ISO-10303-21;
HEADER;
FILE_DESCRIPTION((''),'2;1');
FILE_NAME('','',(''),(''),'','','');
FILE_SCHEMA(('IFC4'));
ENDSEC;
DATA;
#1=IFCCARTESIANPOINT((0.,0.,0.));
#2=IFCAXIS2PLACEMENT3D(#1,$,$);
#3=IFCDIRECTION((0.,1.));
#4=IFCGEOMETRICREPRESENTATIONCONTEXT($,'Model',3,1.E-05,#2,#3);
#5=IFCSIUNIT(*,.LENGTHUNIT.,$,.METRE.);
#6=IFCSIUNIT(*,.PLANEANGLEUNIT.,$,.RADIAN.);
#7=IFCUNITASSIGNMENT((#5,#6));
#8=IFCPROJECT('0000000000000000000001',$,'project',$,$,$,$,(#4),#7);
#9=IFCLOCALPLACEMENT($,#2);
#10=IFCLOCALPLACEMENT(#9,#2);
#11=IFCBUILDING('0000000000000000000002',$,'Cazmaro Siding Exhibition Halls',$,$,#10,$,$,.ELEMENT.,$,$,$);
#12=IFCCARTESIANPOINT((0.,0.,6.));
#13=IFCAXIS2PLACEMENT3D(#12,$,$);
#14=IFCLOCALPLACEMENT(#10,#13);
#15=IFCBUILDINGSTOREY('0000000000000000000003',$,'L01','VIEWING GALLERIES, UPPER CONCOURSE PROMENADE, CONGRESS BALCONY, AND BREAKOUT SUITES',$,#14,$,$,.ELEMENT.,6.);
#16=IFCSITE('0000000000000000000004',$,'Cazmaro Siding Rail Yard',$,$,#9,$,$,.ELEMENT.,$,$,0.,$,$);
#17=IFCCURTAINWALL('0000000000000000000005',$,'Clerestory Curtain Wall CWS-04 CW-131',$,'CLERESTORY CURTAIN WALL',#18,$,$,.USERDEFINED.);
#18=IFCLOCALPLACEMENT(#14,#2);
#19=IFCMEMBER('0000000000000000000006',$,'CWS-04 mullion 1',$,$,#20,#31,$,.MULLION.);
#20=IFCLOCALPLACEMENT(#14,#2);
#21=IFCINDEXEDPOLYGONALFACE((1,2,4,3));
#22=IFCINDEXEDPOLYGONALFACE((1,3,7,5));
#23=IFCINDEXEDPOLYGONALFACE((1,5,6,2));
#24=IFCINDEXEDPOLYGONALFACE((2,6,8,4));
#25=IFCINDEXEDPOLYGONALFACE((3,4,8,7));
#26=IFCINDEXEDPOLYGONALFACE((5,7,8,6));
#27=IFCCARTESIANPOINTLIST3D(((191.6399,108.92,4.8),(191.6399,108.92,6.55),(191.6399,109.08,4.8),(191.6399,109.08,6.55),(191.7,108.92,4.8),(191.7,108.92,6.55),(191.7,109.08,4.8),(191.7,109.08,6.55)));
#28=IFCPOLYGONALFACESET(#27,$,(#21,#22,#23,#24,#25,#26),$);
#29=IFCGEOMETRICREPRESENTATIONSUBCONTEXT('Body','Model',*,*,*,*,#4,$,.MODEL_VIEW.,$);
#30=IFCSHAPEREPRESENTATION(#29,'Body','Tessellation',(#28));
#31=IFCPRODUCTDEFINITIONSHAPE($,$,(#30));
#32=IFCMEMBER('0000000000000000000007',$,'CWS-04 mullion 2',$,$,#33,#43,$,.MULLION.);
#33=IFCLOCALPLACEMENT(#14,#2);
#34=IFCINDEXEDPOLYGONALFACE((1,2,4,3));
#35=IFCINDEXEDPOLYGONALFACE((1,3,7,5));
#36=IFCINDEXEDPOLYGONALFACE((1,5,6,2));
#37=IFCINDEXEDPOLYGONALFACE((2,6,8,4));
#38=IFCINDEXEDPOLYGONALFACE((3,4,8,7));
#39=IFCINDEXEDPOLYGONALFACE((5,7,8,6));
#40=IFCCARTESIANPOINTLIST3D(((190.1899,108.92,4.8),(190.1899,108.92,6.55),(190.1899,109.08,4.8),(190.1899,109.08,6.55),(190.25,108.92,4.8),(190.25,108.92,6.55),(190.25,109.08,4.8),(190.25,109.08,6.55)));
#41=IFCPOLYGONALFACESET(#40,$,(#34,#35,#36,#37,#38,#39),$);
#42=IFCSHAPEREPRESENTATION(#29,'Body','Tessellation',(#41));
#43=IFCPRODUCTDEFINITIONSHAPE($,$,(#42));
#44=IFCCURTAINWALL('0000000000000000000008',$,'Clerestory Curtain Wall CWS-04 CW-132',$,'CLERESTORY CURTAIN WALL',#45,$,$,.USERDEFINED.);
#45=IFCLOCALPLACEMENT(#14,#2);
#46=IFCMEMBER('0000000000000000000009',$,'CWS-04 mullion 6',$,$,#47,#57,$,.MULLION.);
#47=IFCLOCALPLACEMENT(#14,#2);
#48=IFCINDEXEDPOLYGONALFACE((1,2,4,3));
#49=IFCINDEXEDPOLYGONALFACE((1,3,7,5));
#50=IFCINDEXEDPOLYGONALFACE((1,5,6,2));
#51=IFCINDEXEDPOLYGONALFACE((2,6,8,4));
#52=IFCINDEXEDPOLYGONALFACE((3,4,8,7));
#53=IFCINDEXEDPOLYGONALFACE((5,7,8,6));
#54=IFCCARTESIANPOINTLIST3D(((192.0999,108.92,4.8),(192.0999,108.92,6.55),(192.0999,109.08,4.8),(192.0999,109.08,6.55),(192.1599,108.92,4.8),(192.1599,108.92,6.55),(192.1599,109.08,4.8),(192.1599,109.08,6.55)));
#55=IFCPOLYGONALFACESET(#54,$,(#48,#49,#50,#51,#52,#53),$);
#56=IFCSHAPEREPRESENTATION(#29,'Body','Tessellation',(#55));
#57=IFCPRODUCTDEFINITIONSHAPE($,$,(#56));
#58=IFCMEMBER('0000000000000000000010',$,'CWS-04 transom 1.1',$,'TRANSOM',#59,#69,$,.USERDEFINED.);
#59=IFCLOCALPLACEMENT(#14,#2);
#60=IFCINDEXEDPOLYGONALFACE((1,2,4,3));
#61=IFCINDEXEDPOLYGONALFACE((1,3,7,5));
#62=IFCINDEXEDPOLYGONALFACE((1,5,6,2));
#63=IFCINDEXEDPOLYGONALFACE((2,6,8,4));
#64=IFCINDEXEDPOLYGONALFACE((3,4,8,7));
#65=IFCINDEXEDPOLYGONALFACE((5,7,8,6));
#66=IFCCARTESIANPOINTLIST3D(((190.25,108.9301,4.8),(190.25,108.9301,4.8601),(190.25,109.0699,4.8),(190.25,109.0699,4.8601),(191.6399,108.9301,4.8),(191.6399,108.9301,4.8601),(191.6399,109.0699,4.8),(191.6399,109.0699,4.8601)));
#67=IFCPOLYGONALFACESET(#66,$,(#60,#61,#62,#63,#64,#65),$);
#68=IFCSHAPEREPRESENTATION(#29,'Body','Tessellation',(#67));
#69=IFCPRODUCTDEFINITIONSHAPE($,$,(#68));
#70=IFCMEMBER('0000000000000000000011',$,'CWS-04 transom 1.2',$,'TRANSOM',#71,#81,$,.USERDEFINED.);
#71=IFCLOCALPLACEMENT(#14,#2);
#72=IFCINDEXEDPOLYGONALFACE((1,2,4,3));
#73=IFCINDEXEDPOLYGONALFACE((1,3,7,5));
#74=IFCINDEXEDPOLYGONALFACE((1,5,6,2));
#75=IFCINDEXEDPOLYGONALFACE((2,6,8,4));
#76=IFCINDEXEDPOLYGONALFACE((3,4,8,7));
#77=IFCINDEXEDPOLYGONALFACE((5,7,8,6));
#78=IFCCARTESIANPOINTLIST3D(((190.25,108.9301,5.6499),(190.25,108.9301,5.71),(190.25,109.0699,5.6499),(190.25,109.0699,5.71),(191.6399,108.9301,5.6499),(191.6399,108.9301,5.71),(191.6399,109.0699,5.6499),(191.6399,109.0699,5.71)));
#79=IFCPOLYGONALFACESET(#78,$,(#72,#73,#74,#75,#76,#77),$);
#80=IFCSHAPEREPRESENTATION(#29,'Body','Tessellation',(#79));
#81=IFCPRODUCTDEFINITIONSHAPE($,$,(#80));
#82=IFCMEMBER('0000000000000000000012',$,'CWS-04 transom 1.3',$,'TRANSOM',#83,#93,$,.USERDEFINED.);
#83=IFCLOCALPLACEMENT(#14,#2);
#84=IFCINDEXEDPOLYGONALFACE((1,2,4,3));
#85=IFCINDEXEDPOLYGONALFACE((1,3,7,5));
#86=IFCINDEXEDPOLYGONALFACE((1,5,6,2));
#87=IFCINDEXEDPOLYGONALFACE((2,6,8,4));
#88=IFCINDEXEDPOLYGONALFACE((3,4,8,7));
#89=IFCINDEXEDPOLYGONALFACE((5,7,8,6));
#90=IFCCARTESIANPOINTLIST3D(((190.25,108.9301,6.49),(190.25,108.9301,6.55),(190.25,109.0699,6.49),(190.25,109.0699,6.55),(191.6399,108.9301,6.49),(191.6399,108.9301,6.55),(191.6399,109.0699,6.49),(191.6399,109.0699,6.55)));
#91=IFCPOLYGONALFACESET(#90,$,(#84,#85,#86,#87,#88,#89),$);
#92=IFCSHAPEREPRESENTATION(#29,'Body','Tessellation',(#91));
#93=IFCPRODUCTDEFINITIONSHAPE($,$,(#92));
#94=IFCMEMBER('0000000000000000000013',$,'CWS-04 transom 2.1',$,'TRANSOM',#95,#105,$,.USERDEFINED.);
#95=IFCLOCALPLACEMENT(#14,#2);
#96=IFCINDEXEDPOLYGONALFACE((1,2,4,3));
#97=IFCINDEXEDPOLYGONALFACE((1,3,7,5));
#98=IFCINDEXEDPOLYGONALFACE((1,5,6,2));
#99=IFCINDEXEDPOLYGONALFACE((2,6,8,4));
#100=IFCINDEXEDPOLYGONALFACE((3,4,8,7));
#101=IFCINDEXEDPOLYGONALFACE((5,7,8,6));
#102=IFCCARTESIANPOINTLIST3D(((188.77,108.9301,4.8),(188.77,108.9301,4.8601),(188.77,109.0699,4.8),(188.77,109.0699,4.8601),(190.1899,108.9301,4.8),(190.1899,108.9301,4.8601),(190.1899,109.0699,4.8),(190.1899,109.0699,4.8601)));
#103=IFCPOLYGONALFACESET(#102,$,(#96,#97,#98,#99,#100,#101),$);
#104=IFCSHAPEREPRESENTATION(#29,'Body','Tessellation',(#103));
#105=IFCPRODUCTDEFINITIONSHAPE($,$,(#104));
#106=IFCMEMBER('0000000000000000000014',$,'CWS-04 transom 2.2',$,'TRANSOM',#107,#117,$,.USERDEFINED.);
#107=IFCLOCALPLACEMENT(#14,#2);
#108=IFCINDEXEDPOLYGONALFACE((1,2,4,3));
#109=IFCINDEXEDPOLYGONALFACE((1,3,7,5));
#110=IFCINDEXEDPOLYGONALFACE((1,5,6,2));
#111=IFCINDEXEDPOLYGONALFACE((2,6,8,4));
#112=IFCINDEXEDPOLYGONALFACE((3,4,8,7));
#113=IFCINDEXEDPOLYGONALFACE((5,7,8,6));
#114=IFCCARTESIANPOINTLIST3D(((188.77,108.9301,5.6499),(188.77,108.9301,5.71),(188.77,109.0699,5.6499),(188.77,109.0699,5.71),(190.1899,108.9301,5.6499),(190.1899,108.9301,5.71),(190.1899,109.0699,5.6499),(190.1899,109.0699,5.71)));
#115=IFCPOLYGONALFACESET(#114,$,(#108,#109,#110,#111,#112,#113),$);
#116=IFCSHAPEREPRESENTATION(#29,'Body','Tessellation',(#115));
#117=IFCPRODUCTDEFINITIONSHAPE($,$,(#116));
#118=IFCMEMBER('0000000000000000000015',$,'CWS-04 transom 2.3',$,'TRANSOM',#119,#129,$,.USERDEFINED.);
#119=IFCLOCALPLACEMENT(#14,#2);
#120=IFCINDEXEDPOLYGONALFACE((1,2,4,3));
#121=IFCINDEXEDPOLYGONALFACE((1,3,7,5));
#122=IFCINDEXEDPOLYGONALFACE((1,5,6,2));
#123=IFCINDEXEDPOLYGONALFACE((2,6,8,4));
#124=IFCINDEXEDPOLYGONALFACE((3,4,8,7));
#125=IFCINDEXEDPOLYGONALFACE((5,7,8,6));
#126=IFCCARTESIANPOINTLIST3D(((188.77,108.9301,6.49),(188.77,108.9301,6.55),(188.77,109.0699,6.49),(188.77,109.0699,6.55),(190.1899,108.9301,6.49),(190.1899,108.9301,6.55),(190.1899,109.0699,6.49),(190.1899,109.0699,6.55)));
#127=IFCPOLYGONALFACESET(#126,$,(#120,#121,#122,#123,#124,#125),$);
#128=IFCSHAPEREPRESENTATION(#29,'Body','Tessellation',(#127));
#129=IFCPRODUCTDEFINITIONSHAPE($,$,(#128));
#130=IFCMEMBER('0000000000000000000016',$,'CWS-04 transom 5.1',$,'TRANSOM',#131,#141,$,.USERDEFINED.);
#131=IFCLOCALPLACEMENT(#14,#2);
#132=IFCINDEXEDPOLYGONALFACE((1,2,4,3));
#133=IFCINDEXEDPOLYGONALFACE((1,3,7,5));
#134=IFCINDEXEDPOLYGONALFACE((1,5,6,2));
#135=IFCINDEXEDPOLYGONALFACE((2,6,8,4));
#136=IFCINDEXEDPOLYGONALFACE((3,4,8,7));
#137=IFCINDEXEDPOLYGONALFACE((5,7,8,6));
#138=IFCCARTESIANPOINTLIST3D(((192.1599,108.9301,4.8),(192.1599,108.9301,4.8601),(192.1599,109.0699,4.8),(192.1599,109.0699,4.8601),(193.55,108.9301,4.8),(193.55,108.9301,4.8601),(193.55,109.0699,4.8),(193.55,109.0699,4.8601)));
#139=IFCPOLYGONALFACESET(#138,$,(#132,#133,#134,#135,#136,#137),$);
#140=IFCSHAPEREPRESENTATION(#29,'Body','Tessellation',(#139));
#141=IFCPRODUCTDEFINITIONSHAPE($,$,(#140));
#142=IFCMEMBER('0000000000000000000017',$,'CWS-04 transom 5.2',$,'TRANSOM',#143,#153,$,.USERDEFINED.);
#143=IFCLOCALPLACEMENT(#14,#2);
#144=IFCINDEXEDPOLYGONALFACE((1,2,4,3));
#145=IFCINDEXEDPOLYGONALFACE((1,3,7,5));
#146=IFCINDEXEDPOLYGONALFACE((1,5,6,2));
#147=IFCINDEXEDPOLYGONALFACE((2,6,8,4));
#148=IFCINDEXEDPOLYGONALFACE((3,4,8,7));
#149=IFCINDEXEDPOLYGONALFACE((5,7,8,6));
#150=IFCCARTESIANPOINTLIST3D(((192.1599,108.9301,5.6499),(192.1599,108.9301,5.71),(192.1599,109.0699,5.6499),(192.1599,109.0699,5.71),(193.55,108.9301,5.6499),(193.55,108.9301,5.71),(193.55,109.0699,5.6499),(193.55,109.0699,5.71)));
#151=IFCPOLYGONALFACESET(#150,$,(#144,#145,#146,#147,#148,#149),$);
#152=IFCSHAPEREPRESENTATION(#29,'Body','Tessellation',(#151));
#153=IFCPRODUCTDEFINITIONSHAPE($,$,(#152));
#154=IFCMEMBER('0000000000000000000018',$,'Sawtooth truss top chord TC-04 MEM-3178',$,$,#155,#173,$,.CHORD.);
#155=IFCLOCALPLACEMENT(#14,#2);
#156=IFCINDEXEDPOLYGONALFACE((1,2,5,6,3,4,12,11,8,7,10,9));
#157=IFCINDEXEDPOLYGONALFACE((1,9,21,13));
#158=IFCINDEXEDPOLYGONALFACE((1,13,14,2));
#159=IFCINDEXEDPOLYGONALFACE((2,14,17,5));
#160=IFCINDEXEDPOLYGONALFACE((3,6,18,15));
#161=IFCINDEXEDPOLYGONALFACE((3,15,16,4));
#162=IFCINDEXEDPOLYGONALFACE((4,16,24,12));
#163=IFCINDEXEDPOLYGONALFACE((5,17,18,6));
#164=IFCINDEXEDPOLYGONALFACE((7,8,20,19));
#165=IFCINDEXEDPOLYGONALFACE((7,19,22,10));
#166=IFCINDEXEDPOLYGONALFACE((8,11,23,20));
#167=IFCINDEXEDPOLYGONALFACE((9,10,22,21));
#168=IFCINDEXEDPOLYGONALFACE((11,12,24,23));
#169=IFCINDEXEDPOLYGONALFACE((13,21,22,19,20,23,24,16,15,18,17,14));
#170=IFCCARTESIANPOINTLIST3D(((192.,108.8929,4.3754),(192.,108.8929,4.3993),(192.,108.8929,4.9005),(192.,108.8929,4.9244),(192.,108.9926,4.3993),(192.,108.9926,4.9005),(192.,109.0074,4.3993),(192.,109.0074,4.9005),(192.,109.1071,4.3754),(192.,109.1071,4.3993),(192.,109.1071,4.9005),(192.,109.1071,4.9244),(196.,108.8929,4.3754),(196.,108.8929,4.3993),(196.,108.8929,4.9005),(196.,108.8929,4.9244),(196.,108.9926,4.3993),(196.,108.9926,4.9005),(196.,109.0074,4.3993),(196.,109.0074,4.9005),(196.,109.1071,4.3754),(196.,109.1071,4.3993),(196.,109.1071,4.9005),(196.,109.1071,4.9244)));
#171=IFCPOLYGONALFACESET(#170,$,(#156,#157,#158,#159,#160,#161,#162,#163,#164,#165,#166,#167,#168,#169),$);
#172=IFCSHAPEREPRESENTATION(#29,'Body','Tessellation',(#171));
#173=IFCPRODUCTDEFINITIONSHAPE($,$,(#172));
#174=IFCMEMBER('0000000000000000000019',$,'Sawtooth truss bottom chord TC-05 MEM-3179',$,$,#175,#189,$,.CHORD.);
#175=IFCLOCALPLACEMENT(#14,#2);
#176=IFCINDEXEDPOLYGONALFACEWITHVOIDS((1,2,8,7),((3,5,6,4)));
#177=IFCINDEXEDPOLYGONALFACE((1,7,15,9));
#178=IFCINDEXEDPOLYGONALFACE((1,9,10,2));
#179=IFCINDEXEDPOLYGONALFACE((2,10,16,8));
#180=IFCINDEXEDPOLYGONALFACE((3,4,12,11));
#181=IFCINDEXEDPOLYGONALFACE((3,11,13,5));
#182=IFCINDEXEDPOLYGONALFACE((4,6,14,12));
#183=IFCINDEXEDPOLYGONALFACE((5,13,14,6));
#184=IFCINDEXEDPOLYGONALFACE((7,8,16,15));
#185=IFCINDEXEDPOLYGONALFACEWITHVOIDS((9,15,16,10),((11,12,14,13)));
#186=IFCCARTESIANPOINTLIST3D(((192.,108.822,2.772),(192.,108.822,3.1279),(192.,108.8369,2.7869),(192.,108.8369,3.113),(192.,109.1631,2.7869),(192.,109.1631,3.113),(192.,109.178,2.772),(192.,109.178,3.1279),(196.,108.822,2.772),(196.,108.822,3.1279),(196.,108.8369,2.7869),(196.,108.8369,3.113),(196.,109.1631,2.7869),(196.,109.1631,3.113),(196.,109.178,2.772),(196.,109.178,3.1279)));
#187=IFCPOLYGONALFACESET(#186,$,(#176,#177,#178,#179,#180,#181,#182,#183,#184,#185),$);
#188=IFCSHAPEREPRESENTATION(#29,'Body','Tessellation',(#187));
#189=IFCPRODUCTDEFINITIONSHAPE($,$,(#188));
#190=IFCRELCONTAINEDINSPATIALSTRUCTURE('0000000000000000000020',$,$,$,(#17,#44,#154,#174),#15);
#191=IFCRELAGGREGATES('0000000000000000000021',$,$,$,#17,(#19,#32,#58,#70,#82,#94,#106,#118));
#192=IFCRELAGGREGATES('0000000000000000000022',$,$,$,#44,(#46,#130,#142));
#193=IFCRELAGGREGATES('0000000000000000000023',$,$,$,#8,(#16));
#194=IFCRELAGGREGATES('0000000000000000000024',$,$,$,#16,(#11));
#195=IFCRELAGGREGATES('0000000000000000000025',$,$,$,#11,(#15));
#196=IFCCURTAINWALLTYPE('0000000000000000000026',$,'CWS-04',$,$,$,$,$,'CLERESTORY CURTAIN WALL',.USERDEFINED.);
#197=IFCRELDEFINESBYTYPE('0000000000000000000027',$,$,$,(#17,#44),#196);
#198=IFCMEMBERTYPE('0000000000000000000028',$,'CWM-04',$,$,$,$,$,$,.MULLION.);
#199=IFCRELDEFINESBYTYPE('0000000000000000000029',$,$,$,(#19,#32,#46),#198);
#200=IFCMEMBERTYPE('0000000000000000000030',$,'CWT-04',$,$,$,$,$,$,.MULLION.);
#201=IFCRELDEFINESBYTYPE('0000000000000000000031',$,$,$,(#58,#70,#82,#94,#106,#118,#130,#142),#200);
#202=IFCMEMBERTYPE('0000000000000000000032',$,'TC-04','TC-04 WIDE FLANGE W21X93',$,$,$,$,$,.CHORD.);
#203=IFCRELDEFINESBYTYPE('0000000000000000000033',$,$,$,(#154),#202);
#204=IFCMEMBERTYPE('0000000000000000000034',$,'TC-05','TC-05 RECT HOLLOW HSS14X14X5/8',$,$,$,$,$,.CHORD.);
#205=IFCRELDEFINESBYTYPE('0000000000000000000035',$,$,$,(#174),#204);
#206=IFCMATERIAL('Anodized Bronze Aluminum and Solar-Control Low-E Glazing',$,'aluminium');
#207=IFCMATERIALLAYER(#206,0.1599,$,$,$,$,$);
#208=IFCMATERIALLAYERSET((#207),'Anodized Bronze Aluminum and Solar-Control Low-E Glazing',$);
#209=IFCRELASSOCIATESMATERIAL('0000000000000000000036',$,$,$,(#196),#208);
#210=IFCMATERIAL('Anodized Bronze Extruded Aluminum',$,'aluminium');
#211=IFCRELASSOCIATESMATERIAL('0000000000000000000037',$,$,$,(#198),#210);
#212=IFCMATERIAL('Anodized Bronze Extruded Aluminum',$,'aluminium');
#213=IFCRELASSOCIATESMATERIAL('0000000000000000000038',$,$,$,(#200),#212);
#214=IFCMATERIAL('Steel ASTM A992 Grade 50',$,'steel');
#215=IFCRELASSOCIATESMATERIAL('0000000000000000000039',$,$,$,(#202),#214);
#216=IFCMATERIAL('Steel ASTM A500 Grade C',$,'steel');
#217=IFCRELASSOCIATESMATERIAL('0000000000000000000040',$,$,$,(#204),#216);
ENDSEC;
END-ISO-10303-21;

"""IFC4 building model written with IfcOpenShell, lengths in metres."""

from ifc_helpers import new_model, si_unit, direction, frame, origin, origin_2d, place, context, subcontext, project, spatial, rectangle, hollow_rectangle, i_section, extrude, material, layer, layer_set, material_profile, profile_set, type_object, element, aggregate, save


model = new_model("IFC4")

# Units and contexts
model_context = context("Model", 3, precision=1e-05, world=origin(), true_north=direction((0.0, 1.0)))
body_context = subcontext(model_context, "Body", "Model", "MODEL_VIEW")
ifc_project = project(units=[si_unit("LENGTHUNIT", "METRE"), si_unit("PLANEANGLEUNIT", "RADIAN")], contexts=[model_context])

# Site, building, storey
site_placement = place(None, origin())
site = spatial("IfcSite", under=ifc_project, at=site_placement, Name="Cazmaro Siding Rail Yard", CompositionType="ELEMENT", RefElevation=0.0)
building_placement = place(site_placement, origin())
building = spatial("IfcBuilding", under=site, at=building_placement, Name="Cazmaro Siding Exhibition Halls", CompositionType="ELEMENT")
storey_placement = place(building_placement, frame((0.0, 0.0, 6.0)))
storey = spatial("IfcBuildingStorey", under=building, at=storey_placement, Name="L01", Description="VIEWING GALLERIES, UPPER CONCOURSE PROMENADE, CONGRESS BALCONY, AND BREAKOUT SUITES", CompositionType="ELEMENT", Elevation=6.0)

# Curtain wall, members
ifc_material_1 = material(Name="Anodized Bronze Aluminum and Solar-Control Low-E Glazing", Category="aluminium")
ifc_layer_1 = layer(ifc_material_1, 0.1599)
ifc_layer_set_1 = layer_set([ifc_layer_1], Name="Anodized Bronze Aluminum and Solar-Control Low-E Glazing")
curtain_wall_type = type_object("IfcCurtainWallType", Name="CWS-04", ElementType="CLERESTORY CURTAIN WALL", PredefinedType="USERDEFINED", material=ifc_layer_set_1)
curtain_wall_1_placement = place(storey_placement, origin())
curtain_wall_1 = element("IfcCurtainWall", 1, at=curtain_wall_1_placement, inside=storey, type_object=curtain_wall_type, Name="Clerestory Curtain Wall CWS-04 CW-131", ObjectType="CLERESTORY CURTAIN WALL", PredefinedType="USERDEFINED")
ifc_material_2 = material(Name="Anodized Bronze Extruded Aluminum", Category="aluminium")
ifc_material_profile_1 = material_profile(ifc_material_2, rectangle(XDim=0.1599, YDim=0.0601, at=origin_2d()), Name="CWM-04")
ifc_profile_set_1 = profile_set([ifc_material_profile_1], Name="Anodized Bronze Extruded Aluminum")
member_type_1 = type_object("IfcMemberType", Name="CWM-04", PredefinedType="MULLION", material=ifc_profile_set_1)
member_1_placement = place(storey_placement, frame((191.6699, 109.0, 4.8), z_axis=(0.0, 0.0, 1.0), x_axis=(0.0, -1.0, 0.0)))
member_1 = element("IfcMember", 2, at=member_1_placement, type_object=member_type_1, Name="CWS-04 mullion 1", PredefinedType="MULLION", context=body_context, shape_type="SweptSolid", body=[
    extrude(rectangle(XDim=0.1599, YDim=0.0601, at=origin_2d()), origin(), (0.0, 0.0, 1.0), 1.75),
])
member_2_placement = place(storey_placement, frame((190.22, 109.0, 4.8), z_axis=(0.0, 0.0, 1.0), x_axis=(0.0, -1.0, 0.0)))
member_2 = element("IfcMember", 3, at=member_2_placement, type_object=member_type_1, Name="CWS-04 mullion 2", PredefinedType="MULLION", context=body_context, shape_type="SweptSolid", body=[
    extrude(rectangle(XDim=0.1599, YDim=0.0601, at=origin_2d()), origin(), (0.0, 0.0, 1.0), 1.75),
])

# Curtain wall, member
curtain_wall_2_placement = place(storey_placement, origin())
curtain_wall_2 = element("IfcCurtainWall", 4, at=curtain_wall_2_placement, inside=storey, type_object=curtain_wall_type, Name="Clerestory Curtain Wall CWS-04 CW-132", ObjectType="CLERESTORY CURTAIN WALL", PredefinedType="USERDEFINED")
member_3_placement = place(storey_placement, frame((192.1299, 109.0, 4.8), z_axis=(0.0, 0.0, 1.0), x_axis=(0.0, -1.0, 0.0)))
member_3 = element("IfcMember", 5, at=member_3_placement, type_object=member_type_1, Name="CWS-04 mullion 6", PredefinedType="MULLION", context=body_context, shape_type="SweptSolid", body=[
    extrude(rectangle(XDim=0.1599, YDim=0.0601, at=origin_2d()), origin(), (0.0, 0.0, 1.0), 1.75),
])

# Members
ifc_material_3 = material(Name="Anodized Bronze Extruded Aluminum", Category="aluminium")
ifc_material_profile_2 = material_profile(ifc_material_3, rectangle(XDim=0.1399, YDim=0.0601, at=origin_2d()), Name="CWT-04")
ifc_profile_set_2 = profile_set([ifc_material_profile_2], Name="Anodized Bronze Extruded Aluminum")
member_type_2 = type_object("IfcMemberType", Name="CWT-04", PredefinedType="MULLION", material=ifc_profile_set_2)
member_4_placement = place(storey_placement, frame((191.6399, 109.0, 4.8301), z_axis=(-1.0, 0.0, 0.0), x_axis=(0.0, -1.0, 0.0)))
member_4 = element("IfcMember", 6, at=member_4_placement, type_object=member_type_2, Name="CWS-04 transom 1.1", ObjectType="TRANSOM", PredefinedType="USERDEFINED", context=body_context, shape_type="SweptSolid", body=[
    extrude(rectangle(XDim=0.1399, YDim=0.0601, at=origin_2d()), origin(), (0.0, 0.0, 1.0), 1.3899),
])
member_5_placement = place(storey_placement, frame((191.6399, 109.0, 5.6799), z_axis=(-1.0, 0.0, 0.0), x_axis=(0.0, -1.0, 0.0)))
member_5 = element("IfcMember", 7, at=member_5_placement, type_object=member_type_2, Name="CWS-04 transom 1.2", ObjectType="TRANSOM", PredefinedType="USERDEFINED", context=body_context, shape_type="SweptSolid", body=[
    extrude(rectangle(XDim=0.1399, YDim=0.0601, at=origin_2d()), origin(), (0.0, 0.0, 1.0), 1.3899),
])
member_6_placement = place(storey_placement, frame((191.6399, 109.0, 6.52), z_axis=(-1.0, 0.0, 0.0), x_axis=(0.0, -1.0, 0.0)))
member_6 = element("IfcMember", 8, at=member_6_placement, type_object=member_type_2, Name="CWS-04 transom 1.3", ObjectType="TRANSOM", PredefinedType="USERDEFINED", context=body_context, shape_type="SweptSolid", body=[
    extrude(rectangle(XDim=0.1399, YDim=0.0601, at=origin_2d()), origin(), (0.0, 0.0, 1.0), 1.3899),
])
member_7_placement = place(storey_placement, frame((190.1899, 109.0, 4.8301), z_axis=(-1.0, 0.0, 0.0), x_axis=(0.0, -1.0, 0.0)))
member_7 = element("IfcMember", 9, at=member_7_placement, type_object=member_type_2, Name="CWS-04 transom 2.1", ObjectType="TRANSOM", PredefinedType="USERDEFINED", context=body_context, shape_type="SweptSolid", body=[
    extrude(rectangle(XDim=0.1399, YDim=0.0601, at=origin_2d()), origin(), (0.0, 0.0, 1.0), 1.4199),
])
member_8_placement = place(storey_placement, frame((190.1899, 109.0, 5.6799), z_axis=(-1.0, 0.0, 0.0), x_axis=(0.0, -1.0, 0.0)))
member_8 = element("IfcMember", 10, at=member_8_placement, type_object=member_type_2, Name="CWS-04 transom 2.2", ObjectType="TRANSOM", PredefinedType="USERDEFINED", context=body_context, shape_type="SweptSolid", body=[
    extrude(rectangle(XDim=0.1399, YDim=0.0601, at=origin_2d()), origin(), (0.0, 0.0, 1.0), 1.4199),
])
member_9_placement = place(storey_placement, frame((190.1899, 109.0, 6.52), z_axis=(-1.0, 0.0, 0.0), x_axis=(0.0, -1.0, 0.0)))
member_9 = element("IfcMember", 11, at=member_9_placement, type_object=member_type_2, Name="CWS-04 transom 2.3", ObjectType="TRANSOM", PredefinedType="USERDEFINED", context=body_context, shape_type="SweptSolid", body=[
    extrude(rectangle(XDim=0.1399, YDim=0.0601, at=origin_2d()), origin(), (0.0, 0.0, 1.0), 1.4199),
])
member_10_placement = place(storey_placement, frame((193.55, 109.0, 4.8301), z_axis=(-1.0, 0.0, 0.0), x_axis=(0.0, -1.0, 0.0)))
member_10 = element("IfcMember", 12, at=member_10_placement, type_object=member_type_2, Name="CWS-04 transom 5.1", ObjectType="TRANSOM", PredefinedType="USERDEFINED", context=body_context, shape_type="SweptSolid", body=[
    extrude(rectangle(XDim=0.1399, YDim=0.0601, at=origin_2d()), origin(), (0.0, 0.0, 1.0), 1.3901),
])
member_11_placement = place(storey_placement, frame((193.55, 109.0, 5.6799), z_axis=(-1.0, 0.0, 0.0), x_axis=(0.0, -1.0, 0.0)))
member_11 = element("IfcMember", 13, at=member_11_placement, type_object=member_type_2, Name="CWS-04 transom 5.2", ObjectType="TRANSOM", PredefinedType="USERDEFINED", context=body_context, shape_type="SweptSolid", body=[
    extrude(rectangle(XDim=0.1399, YDim=0.0601, at=origin_2d()), origin(), (0.0, 0.0, 1.0), 1.3901),
])

# Members
ifc_material_4 = material(Name="Steel ASTM A992 Grade 50", Category="steel")
ifc_material_profile_3 = material_profile(ifc_material_4, i_section(OverallWidth=0.2141, OverallDepth=0.5491, WebThickness=0.0149, FlangeThickness=0.0239, at=origin_2d()), Name="W21X93")
ifc_profile_set_3 = profile_set([ifc_material_profile_3], Name="Steel ASTM A992 Grade 50")
member_type_3 = type_object("IfcMemberType", Name="TC-04", Description="TC-04 WIDE FLANGE W21X93", PredefinedType="CHORD", material=ifc_profile_set_3)
member_12_placement = place(storey_placement, frame((192.0, 109.0, 4.6499), z_axis=(1.0, 0.0, 0.0), x_axis=(0.0, 1.0, 0.0)))
element("IfcMember", 14, at=member_12_placement, inside=storey, type_object=member_type_3, Name="Sawtooth truss top chord TC-04 MEM-3178", PredefinedType="CHORD", context=body_context, shape_type="SweptSolid", body=[
    extrude(i_section(OverallWidth=0.2141, OverallDepth=0.5491, WebThickness=0.0149, FlangeThickness=0.0239, at=origin_2d()), origin(), (0.0, 0.0, 1.0), 4.0),
])
ifc_material_5 = material(Name="Steel ASTM A500 Grade C", Category="steel")
ifc_material_profile_4 = material_profile(ifc_material_5, hollow_rectangle(XDim=0.356, YDim=0.356, WallThickness=0.0149, at=origin_2d()), Name="HSS14X14X5/8")
ifc_profile_set_4 = profile_set([ifc_material_profile_4], Name="Steel ASTM A500 Grade C")
member_type_4 = type_object("IfcMemberType", Name="TC-05", Description="TC-05 RECT HOLLOW HSS14X14X5/8", PredefinedType="CHORD", material=ifc_profile_set_4)
member_13_placement = place(storey_placement, frame((192.0, 109.0, 2.95), z_axis=(1.0, 0.0, 0.0), x_axis=(0.0, 1.0, 0.0)))
element("IfcMember", 15, at=member_13_placement, inside=storey, type_object=member_type_4, Name="Sawtooth truss bottom chord TC-05 MEM-3179", PredefinedType="CHORD", context=body_context, shape_type="SweptSolid", body=[
    extrude(hollow_rectangle(XDim=0.356, YDim=0.356, WallThickness=0.0149, at=origin_2d()), origin(), (0.0, 0.0, 1.0), 4.0),
])

aggregate(curtain_wall_1, [member_1, member_2, member_4, member_5, member_6, member_7, member_8, member_9])
aggregate(curtain_wall_2, [member_3, member_10, member_11])

save(model, "model.ifc")
